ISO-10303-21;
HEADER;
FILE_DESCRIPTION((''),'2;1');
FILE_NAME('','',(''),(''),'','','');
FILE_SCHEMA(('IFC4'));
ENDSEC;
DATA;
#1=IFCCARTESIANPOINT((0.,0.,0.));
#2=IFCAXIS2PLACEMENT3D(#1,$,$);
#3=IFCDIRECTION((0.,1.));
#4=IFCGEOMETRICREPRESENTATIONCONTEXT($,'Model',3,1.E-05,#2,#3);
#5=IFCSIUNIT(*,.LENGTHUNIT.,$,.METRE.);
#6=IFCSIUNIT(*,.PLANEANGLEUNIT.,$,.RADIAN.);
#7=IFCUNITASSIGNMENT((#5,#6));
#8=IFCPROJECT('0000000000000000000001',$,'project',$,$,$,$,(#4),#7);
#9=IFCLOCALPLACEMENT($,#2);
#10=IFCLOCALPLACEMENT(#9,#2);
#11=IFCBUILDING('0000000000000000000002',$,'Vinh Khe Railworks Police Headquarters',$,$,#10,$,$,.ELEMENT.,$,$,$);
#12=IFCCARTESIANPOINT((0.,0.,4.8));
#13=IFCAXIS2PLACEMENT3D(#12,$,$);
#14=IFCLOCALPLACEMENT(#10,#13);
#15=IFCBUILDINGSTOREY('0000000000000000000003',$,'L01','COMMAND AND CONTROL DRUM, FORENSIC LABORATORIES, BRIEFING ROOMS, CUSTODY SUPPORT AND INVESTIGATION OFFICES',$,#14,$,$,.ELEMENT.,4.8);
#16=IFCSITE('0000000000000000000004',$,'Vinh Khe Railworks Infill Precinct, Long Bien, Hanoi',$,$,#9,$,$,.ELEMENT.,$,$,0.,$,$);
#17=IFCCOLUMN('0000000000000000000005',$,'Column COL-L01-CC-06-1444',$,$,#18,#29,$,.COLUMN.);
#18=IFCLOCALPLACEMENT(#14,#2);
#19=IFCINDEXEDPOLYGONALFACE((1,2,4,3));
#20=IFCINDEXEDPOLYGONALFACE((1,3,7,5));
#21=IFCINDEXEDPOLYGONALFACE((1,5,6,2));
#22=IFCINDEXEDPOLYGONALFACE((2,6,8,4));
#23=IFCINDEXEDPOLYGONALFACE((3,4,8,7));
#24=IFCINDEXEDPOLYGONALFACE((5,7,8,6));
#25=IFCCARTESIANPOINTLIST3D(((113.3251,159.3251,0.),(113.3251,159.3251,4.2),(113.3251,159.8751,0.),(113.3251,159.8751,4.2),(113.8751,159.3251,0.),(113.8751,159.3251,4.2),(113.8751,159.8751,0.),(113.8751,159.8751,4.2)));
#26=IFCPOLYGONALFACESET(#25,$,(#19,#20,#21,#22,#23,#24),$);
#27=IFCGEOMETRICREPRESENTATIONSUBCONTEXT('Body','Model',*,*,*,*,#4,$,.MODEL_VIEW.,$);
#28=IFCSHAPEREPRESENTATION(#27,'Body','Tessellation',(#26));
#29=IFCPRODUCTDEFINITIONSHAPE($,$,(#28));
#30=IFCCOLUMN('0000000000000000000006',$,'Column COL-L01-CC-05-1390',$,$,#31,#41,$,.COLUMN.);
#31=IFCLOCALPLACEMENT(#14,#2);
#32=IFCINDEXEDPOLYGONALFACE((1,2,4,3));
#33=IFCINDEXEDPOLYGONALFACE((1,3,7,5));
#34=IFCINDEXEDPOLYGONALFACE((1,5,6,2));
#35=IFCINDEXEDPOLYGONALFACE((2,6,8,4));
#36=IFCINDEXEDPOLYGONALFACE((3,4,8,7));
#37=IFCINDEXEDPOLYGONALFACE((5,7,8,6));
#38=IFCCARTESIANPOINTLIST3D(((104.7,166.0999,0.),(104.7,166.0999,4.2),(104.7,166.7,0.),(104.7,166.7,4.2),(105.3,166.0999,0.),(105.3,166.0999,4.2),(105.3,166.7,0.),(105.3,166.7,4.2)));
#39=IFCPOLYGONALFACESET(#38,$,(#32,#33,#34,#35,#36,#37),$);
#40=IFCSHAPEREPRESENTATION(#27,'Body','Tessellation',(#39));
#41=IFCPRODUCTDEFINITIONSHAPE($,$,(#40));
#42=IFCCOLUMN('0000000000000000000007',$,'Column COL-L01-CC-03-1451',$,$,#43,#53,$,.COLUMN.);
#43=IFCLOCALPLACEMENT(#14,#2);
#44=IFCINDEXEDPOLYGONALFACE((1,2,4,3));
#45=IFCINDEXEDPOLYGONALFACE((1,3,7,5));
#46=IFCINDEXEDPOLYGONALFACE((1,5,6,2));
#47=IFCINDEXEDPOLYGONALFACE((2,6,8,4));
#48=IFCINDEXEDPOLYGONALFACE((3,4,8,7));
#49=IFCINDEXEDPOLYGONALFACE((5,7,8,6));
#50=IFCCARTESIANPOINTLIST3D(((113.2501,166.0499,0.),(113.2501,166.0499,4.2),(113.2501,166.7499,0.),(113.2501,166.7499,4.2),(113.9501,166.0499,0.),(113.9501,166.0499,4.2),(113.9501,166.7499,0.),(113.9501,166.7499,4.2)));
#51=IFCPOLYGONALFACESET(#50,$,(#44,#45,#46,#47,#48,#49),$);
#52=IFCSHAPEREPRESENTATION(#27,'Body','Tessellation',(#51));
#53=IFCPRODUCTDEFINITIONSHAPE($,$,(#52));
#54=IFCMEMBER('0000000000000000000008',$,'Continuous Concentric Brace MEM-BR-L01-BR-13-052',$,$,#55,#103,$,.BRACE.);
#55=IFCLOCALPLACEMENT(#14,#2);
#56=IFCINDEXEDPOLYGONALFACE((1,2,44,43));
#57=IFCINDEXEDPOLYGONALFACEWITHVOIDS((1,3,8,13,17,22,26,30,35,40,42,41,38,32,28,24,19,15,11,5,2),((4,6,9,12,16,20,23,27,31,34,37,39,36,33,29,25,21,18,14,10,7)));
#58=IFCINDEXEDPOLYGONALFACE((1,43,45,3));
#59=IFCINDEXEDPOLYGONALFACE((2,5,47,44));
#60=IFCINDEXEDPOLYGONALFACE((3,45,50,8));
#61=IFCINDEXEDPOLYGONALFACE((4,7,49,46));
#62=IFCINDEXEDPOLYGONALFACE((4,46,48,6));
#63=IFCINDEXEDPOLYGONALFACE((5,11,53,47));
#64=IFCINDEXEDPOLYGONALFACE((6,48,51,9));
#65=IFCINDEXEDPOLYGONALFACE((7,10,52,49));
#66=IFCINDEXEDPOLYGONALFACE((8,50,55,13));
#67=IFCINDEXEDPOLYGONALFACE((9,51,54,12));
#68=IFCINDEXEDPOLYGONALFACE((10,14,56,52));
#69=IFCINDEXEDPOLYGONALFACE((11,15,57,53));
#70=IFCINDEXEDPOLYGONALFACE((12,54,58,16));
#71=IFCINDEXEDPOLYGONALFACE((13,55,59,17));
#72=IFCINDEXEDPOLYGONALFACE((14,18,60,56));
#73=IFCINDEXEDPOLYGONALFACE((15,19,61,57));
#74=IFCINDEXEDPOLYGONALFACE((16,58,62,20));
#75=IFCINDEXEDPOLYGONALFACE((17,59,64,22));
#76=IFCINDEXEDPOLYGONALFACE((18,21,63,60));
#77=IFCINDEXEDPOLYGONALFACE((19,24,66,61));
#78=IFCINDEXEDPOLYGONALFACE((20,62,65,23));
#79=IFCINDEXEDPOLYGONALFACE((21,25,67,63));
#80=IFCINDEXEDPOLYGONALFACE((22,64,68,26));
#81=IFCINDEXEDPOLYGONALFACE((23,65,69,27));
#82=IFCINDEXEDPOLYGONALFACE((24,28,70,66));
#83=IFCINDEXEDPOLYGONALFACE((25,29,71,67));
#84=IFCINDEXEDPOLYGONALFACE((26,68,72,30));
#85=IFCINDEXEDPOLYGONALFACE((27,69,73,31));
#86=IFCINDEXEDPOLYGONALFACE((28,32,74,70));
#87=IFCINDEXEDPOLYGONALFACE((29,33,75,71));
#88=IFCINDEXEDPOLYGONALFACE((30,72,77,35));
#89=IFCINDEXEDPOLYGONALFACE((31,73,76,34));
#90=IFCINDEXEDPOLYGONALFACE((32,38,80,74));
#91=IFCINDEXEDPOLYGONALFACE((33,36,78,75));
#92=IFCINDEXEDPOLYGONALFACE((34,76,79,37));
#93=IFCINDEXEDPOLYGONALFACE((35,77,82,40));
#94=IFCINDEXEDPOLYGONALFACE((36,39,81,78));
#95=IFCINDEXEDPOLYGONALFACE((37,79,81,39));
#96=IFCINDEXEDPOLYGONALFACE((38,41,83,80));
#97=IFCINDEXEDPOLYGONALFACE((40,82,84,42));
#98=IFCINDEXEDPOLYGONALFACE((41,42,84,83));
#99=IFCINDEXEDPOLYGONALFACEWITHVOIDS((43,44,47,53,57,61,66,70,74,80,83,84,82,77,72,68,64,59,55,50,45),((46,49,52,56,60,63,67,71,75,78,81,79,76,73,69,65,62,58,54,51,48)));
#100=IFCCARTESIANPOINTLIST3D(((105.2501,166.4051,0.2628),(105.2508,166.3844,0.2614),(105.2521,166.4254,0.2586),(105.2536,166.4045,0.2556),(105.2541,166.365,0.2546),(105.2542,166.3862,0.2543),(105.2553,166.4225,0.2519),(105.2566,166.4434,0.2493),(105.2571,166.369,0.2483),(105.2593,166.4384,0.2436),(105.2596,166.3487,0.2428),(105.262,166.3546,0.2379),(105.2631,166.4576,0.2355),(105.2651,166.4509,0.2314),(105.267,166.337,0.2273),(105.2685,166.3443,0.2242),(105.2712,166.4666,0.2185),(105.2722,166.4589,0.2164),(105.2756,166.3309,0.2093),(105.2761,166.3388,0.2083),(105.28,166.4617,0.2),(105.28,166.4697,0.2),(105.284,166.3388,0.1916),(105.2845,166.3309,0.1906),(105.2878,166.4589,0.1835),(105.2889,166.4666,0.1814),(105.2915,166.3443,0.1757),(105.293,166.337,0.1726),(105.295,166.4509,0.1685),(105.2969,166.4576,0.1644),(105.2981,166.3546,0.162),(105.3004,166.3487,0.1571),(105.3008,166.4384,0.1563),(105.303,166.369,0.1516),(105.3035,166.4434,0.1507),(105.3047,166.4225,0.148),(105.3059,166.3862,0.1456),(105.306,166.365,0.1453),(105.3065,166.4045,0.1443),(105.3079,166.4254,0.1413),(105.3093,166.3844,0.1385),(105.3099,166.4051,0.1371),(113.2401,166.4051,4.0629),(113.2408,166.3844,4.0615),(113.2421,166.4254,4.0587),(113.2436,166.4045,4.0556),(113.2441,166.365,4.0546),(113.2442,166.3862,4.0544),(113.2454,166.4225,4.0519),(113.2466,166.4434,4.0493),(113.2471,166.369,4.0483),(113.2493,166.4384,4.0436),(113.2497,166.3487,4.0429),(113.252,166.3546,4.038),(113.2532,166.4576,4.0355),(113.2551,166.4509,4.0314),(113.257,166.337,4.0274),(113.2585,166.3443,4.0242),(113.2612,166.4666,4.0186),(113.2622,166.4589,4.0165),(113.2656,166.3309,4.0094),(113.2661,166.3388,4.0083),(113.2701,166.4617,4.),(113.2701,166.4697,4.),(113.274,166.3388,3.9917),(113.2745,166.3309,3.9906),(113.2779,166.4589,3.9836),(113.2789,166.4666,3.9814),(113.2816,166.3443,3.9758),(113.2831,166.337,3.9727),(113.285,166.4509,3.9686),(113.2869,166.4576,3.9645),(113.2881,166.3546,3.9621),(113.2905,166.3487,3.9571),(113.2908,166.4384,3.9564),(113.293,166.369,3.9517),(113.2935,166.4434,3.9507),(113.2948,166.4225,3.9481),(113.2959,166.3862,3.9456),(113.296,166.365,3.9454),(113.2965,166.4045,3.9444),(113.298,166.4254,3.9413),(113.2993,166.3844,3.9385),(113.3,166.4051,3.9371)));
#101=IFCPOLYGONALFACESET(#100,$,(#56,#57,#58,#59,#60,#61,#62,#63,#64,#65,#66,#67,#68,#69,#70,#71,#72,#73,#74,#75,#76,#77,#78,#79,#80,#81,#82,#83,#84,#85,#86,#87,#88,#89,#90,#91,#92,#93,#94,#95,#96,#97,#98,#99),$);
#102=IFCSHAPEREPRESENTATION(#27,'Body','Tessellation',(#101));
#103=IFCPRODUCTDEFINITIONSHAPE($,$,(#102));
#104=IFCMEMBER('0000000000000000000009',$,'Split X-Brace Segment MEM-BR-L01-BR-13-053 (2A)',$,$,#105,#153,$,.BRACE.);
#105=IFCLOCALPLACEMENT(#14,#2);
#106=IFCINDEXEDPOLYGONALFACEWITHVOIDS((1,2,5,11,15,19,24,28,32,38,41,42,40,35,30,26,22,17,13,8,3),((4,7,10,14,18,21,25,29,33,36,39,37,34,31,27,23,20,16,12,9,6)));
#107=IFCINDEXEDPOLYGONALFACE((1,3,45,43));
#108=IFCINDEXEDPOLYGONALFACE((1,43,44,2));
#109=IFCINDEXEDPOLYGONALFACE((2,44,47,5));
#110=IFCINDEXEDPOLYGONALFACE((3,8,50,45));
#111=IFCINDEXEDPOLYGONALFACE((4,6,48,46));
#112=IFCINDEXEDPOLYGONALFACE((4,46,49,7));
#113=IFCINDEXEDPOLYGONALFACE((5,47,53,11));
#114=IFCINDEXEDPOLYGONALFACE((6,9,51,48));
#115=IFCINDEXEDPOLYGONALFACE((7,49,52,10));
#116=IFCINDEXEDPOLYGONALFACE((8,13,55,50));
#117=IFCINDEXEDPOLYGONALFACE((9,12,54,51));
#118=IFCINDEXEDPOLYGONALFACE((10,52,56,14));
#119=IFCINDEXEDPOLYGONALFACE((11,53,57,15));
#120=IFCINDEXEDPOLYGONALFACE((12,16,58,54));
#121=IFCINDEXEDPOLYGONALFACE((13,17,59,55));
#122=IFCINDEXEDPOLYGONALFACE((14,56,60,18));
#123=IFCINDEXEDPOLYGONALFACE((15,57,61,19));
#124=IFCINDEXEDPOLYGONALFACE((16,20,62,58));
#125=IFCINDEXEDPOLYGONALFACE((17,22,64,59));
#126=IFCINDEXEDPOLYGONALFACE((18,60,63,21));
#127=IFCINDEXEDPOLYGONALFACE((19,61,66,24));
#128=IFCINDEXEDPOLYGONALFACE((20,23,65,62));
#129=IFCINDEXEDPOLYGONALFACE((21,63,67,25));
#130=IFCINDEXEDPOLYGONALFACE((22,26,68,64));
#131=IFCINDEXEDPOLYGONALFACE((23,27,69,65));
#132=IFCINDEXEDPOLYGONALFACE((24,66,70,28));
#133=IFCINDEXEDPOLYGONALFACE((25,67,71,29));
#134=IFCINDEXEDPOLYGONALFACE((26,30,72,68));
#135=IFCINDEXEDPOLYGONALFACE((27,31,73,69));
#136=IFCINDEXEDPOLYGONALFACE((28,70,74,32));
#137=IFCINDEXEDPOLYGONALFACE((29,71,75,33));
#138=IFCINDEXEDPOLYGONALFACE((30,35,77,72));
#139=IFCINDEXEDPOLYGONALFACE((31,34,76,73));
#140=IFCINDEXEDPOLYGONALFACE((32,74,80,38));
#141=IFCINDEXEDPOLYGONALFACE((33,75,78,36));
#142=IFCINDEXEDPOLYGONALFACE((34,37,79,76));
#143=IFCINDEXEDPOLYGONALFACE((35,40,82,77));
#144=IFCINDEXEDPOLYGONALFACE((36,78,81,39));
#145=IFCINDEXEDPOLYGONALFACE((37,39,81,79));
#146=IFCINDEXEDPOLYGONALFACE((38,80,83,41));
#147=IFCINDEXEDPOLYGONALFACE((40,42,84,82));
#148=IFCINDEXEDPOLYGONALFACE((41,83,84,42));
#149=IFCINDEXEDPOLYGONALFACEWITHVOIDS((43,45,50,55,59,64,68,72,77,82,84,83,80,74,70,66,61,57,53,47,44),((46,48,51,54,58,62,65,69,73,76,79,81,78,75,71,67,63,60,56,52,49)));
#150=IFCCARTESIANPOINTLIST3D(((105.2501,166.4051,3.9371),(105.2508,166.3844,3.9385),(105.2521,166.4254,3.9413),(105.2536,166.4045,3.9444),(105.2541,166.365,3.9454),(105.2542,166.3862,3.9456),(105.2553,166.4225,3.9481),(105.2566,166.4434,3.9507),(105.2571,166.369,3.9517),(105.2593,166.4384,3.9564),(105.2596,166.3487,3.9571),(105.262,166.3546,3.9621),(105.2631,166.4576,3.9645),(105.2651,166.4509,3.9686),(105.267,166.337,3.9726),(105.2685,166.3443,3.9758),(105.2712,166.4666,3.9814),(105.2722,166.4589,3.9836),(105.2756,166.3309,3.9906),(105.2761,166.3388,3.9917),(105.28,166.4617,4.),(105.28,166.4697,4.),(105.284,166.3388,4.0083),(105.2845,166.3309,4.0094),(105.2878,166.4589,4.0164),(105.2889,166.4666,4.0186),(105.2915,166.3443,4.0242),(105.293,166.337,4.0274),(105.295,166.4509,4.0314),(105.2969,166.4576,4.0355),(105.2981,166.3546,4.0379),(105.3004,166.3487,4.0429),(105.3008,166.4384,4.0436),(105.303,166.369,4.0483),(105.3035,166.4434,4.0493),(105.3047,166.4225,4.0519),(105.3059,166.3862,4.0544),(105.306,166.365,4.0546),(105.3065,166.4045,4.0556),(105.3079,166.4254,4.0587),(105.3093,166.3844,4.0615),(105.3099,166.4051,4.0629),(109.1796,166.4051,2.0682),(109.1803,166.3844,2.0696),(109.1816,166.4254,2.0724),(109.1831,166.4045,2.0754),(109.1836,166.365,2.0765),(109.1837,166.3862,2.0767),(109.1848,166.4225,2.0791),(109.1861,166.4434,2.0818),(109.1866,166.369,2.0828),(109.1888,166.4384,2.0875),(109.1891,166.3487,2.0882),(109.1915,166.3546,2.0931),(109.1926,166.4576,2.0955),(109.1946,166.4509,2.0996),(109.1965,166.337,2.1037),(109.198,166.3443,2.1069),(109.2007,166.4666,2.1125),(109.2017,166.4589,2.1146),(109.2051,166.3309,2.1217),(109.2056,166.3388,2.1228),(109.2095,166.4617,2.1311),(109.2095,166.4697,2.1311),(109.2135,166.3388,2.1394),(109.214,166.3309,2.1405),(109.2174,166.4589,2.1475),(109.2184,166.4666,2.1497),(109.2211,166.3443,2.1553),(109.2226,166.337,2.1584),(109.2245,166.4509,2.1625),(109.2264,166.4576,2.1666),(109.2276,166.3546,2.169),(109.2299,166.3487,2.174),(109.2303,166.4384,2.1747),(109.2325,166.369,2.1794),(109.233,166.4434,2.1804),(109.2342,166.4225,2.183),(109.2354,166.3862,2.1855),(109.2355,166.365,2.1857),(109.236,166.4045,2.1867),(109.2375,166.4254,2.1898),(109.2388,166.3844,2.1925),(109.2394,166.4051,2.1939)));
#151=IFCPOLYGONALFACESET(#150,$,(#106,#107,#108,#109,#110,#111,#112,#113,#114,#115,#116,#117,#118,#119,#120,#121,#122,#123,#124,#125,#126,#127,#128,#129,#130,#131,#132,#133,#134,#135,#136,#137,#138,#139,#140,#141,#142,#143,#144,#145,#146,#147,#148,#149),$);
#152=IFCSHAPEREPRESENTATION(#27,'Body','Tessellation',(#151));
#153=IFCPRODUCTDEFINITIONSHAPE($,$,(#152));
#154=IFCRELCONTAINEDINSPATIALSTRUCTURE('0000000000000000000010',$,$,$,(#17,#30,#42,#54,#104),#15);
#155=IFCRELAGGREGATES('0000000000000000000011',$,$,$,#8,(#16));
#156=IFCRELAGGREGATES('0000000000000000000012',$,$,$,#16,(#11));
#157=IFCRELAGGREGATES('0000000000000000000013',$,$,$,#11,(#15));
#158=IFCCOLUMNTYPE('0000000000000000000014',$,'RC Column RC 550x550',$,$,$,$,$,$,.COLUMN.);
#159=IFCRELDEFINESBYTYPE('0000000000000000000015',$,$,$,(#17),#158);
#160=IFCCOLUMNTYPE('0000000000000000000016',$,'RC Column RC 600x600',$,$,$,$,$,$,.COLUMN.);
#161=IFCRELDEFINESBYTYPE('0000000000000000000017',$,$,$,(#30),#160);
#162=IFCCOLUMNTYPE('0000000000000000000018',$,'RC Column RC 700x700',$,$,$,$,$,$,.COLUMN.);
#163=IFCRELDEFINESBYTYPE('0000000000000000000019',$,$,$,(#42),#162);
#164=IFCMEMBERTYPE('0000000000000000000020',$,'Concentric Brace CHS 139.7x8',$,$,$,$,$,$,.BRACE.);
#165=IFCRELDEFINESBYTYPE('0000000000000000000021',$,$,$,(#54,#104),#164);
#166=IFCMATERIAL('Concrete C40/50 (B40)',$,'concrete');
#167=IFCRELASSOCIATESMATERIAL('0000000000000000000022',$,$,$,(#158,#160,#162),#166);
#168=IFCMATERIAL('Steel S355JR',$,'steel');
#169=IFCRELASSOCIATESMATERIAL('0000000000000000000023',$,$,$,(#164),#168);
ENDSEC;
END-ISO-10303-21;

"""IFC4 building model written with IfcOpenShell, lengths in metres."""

from ifc_helpers import new_model, si_unit, direction, frame, origin, origin_2d, place, context, subcontext, project, spatial, rectangle, hollow_circle, extrude, material, material_profile, profile_set, type_object, element, save


model = new_model("IFC4")

# Units and contexts
model_context = context("Model", 3, precision=1e-05, world=origin(), true_north=direction((0.0, 1.0)))
body_context = subcontext(model_context, "Body", "Model", "MODEL_VIEW")
ifc_project = project(units=[si_unit("LENGTHUNIT", "METRE"), si_unit("PLANEANGLEUNIT", "RADIAN")], contexts=[model_context])

# Site, building, storey
site_placement = place(None, origin())
site = spatial("IfcSite", under=ifc_project, at=site_placement, Name="Vinh Khe Railworks Infill Precinct, Long Bien, Hanoi", CompositionType="ELEMENT", RefElevation=0.0)
building_placement = place(site_placement, origin())
building = spatial("IfcBuilding", under=site, at=building_placement, Name="Vinh Khe Railworks Police Headquarters", CompositionType="ELEMENT")
storey_placement = place(building_placement, frame((0.0, 0.0, 4.8)))
storey = spatial("IfcBuildingStorey", under=building, at=storey_placement, Name="L01", Description="COMMAND AND CONTROL DRUM, FORENSIC LABORATORIES, BRIEFING ROOMS, CUSTODY SUPPORT AND INVESTIGATION OFFICES", CompositionType="ELEMENT", Elevation=4.8)

# Columns
ifc_material_1 = material(Name="Concrete C40/50 (B40)", Category="concrete")
ifc_material_profile_1 = material_profile(ifc_material_1, rectangle(XDim=0.55, YDim=0.55, at=origin_2d()), Name="RC 550x550")
ifc_profile_set_1 = profile_set([ifc_material_profile_1], Name="Concrete C40/50 (B40)")
column_type_1 = type_object("IfcColumnType", Name="RC Column RC 550x550", PredefinedType="COLUMN", material=ifc_profile_set_1)
column_1_placement = place(storey_placement, frame((113.6001, 159.6001, 0.0), z_axis=(0.0, 0.0, 1.0), x_axis=(1.0, 0.0, 0.0)))
element("IfcColumn", 1, at=column_1_placement, inside=storey, type_object=column_type_1, Name="Column COL-L01-CC-06-1444", PredefinedType="COLUMN", context=body_context, shape_type="SweptSolid", body=[
    extrude(rectangle(XDim=0.55, YDim=0.55, at=origin_2d()), origin(), (0.0, 0.0, 1.0), 4.2),
])
ifc_material_profile_2 = material_profile(ifc_material_1, rectangle(XDim=0.6001, YDim=0.6001, at=origin_2d()), Name="RC 600x600")
ifc_profile_set_2 = profile_set([ifc_material_profile_2], Name="Concrete C40/50 (B40)")
column_type_2 = type_object("IfcColumnType", Name="RC Column RC 600x600", PredefinedType="COLUMN", material=ifc_profile_set_2)
column_2_placement = place(storey_placement, frame((105.0, 166.3999, 0.0), z_axis=(0.0, 0.0, 1.0), x_axis=(1.0, 0.0, 0.0)))
element("IfcColumn", 2, at=column_2_placement, inside=storey, type_object=column_type_2, Name="Column COL-L01-CC-05-1390", PredefinedType="COLUMN", context=body_context, shape_type="SweptSolid", body=[
    extrude(rectangle(XDim=0.6001, YDim=0.6001, at=origin_2d()), origin(), (0.0, 0.0, 1.0), 4.2),
])
ifc_material_profile_3 = material_profile(ifc_material_1, rectangle(XDim=0.7, YDim=0.7, at=origin_2d()), Name="RC 700x700")
ifc_profile_set_3 = profile_set([ifc_material_profile_3], Name="Concrete C40/50 (B40)")
column_type_3 = type_object("IfcColumnType", Name="RC Column RC 700x700", PredefinedType="COLUMN", material=ifc_profile_set_3)
column_3_placement = place(storey_placement, frame((113.6001, 166.3999, 0.0), z_axis=(0.0, 0.0, 1.0), x_axis=(1.0, 0.0, 0.0)))
element("IfcColumn", 3, at=column_3_placement, inside=storey, type_object=column_type_3, Name="Column COL-L01-CC-03-1451", PredefinedType="COLUMN", context=body_context, shape_type="SweptSolid", body=[
    extrude(rectangle(XDim=0.7, YDim=0.7, at=origin_2d()), origin(), (0.0, 0.0, 1.0), 4.2),
])

# Members
ifc_material_2 = material(Name="Steel S355JR", Category="steel")
ifc_material_profile_4 = material_profile(ifc_material_2, hollow_circle(Radius=0.0698, WallThickness=0.0081, at=origin_2d()), Name="CHS 139.7x8")
ifc_profile_set_4 = profile_set([ifc_material_profile_4], Name="Steel S355JR")
member_type = type_object("IfcMemberType", Name="Concentric Brace CHS 139.7x8", PredefinedType="BRACE", material=ifc_profile_set_4)
member_placement = place(storey_placement, frame((105.28, 166.3999, 0.2), z_axis=(0.903067, 0.0, 0.4295), x_axis=(0.0, 1.0, 0.0)))
element("IfcMember", 4, at=member_placement, inside=storey, type_object=member_type, Name="Continuous Concentric Brace MEM-BR-L01-BR-13-052", PredefinedType="BRACE", context=body_context, shape_type="SweptSolid", body=[
    extrude(hollow_circle(Radius=0.0698, WallThickness=0.0081, at=origin_2d()), origin(), (0.0, 0.0, 1.0), 8.8477),
])
for number, where, z_axis, x_axis, name in (
    (5, (105.28, 166.3999, 4.0), (0.903063, 0.0, -0.429509), (0.0, 1.0, 0.0), "Split X-Brace Segment MEM-BR-L01-BR-13-053 (2A)"),
):
    element("IfcMember", number, at=place(storey_placement, frame(where, z_axis=z_axis, x_axis=x_axis)), inside=storey, type_object=member_type, Name=name, PredefinedType="BRACE", context=body_context, shape_type="SweptSolid", body=[
        extrude(hollow_circle(Radius=0.0698, WallThickness=0.0081, at=origin_2d()), origin(), (0.0, 0.0, 1.0), 4.3513),
    ])

save(model, "model.ifc")
